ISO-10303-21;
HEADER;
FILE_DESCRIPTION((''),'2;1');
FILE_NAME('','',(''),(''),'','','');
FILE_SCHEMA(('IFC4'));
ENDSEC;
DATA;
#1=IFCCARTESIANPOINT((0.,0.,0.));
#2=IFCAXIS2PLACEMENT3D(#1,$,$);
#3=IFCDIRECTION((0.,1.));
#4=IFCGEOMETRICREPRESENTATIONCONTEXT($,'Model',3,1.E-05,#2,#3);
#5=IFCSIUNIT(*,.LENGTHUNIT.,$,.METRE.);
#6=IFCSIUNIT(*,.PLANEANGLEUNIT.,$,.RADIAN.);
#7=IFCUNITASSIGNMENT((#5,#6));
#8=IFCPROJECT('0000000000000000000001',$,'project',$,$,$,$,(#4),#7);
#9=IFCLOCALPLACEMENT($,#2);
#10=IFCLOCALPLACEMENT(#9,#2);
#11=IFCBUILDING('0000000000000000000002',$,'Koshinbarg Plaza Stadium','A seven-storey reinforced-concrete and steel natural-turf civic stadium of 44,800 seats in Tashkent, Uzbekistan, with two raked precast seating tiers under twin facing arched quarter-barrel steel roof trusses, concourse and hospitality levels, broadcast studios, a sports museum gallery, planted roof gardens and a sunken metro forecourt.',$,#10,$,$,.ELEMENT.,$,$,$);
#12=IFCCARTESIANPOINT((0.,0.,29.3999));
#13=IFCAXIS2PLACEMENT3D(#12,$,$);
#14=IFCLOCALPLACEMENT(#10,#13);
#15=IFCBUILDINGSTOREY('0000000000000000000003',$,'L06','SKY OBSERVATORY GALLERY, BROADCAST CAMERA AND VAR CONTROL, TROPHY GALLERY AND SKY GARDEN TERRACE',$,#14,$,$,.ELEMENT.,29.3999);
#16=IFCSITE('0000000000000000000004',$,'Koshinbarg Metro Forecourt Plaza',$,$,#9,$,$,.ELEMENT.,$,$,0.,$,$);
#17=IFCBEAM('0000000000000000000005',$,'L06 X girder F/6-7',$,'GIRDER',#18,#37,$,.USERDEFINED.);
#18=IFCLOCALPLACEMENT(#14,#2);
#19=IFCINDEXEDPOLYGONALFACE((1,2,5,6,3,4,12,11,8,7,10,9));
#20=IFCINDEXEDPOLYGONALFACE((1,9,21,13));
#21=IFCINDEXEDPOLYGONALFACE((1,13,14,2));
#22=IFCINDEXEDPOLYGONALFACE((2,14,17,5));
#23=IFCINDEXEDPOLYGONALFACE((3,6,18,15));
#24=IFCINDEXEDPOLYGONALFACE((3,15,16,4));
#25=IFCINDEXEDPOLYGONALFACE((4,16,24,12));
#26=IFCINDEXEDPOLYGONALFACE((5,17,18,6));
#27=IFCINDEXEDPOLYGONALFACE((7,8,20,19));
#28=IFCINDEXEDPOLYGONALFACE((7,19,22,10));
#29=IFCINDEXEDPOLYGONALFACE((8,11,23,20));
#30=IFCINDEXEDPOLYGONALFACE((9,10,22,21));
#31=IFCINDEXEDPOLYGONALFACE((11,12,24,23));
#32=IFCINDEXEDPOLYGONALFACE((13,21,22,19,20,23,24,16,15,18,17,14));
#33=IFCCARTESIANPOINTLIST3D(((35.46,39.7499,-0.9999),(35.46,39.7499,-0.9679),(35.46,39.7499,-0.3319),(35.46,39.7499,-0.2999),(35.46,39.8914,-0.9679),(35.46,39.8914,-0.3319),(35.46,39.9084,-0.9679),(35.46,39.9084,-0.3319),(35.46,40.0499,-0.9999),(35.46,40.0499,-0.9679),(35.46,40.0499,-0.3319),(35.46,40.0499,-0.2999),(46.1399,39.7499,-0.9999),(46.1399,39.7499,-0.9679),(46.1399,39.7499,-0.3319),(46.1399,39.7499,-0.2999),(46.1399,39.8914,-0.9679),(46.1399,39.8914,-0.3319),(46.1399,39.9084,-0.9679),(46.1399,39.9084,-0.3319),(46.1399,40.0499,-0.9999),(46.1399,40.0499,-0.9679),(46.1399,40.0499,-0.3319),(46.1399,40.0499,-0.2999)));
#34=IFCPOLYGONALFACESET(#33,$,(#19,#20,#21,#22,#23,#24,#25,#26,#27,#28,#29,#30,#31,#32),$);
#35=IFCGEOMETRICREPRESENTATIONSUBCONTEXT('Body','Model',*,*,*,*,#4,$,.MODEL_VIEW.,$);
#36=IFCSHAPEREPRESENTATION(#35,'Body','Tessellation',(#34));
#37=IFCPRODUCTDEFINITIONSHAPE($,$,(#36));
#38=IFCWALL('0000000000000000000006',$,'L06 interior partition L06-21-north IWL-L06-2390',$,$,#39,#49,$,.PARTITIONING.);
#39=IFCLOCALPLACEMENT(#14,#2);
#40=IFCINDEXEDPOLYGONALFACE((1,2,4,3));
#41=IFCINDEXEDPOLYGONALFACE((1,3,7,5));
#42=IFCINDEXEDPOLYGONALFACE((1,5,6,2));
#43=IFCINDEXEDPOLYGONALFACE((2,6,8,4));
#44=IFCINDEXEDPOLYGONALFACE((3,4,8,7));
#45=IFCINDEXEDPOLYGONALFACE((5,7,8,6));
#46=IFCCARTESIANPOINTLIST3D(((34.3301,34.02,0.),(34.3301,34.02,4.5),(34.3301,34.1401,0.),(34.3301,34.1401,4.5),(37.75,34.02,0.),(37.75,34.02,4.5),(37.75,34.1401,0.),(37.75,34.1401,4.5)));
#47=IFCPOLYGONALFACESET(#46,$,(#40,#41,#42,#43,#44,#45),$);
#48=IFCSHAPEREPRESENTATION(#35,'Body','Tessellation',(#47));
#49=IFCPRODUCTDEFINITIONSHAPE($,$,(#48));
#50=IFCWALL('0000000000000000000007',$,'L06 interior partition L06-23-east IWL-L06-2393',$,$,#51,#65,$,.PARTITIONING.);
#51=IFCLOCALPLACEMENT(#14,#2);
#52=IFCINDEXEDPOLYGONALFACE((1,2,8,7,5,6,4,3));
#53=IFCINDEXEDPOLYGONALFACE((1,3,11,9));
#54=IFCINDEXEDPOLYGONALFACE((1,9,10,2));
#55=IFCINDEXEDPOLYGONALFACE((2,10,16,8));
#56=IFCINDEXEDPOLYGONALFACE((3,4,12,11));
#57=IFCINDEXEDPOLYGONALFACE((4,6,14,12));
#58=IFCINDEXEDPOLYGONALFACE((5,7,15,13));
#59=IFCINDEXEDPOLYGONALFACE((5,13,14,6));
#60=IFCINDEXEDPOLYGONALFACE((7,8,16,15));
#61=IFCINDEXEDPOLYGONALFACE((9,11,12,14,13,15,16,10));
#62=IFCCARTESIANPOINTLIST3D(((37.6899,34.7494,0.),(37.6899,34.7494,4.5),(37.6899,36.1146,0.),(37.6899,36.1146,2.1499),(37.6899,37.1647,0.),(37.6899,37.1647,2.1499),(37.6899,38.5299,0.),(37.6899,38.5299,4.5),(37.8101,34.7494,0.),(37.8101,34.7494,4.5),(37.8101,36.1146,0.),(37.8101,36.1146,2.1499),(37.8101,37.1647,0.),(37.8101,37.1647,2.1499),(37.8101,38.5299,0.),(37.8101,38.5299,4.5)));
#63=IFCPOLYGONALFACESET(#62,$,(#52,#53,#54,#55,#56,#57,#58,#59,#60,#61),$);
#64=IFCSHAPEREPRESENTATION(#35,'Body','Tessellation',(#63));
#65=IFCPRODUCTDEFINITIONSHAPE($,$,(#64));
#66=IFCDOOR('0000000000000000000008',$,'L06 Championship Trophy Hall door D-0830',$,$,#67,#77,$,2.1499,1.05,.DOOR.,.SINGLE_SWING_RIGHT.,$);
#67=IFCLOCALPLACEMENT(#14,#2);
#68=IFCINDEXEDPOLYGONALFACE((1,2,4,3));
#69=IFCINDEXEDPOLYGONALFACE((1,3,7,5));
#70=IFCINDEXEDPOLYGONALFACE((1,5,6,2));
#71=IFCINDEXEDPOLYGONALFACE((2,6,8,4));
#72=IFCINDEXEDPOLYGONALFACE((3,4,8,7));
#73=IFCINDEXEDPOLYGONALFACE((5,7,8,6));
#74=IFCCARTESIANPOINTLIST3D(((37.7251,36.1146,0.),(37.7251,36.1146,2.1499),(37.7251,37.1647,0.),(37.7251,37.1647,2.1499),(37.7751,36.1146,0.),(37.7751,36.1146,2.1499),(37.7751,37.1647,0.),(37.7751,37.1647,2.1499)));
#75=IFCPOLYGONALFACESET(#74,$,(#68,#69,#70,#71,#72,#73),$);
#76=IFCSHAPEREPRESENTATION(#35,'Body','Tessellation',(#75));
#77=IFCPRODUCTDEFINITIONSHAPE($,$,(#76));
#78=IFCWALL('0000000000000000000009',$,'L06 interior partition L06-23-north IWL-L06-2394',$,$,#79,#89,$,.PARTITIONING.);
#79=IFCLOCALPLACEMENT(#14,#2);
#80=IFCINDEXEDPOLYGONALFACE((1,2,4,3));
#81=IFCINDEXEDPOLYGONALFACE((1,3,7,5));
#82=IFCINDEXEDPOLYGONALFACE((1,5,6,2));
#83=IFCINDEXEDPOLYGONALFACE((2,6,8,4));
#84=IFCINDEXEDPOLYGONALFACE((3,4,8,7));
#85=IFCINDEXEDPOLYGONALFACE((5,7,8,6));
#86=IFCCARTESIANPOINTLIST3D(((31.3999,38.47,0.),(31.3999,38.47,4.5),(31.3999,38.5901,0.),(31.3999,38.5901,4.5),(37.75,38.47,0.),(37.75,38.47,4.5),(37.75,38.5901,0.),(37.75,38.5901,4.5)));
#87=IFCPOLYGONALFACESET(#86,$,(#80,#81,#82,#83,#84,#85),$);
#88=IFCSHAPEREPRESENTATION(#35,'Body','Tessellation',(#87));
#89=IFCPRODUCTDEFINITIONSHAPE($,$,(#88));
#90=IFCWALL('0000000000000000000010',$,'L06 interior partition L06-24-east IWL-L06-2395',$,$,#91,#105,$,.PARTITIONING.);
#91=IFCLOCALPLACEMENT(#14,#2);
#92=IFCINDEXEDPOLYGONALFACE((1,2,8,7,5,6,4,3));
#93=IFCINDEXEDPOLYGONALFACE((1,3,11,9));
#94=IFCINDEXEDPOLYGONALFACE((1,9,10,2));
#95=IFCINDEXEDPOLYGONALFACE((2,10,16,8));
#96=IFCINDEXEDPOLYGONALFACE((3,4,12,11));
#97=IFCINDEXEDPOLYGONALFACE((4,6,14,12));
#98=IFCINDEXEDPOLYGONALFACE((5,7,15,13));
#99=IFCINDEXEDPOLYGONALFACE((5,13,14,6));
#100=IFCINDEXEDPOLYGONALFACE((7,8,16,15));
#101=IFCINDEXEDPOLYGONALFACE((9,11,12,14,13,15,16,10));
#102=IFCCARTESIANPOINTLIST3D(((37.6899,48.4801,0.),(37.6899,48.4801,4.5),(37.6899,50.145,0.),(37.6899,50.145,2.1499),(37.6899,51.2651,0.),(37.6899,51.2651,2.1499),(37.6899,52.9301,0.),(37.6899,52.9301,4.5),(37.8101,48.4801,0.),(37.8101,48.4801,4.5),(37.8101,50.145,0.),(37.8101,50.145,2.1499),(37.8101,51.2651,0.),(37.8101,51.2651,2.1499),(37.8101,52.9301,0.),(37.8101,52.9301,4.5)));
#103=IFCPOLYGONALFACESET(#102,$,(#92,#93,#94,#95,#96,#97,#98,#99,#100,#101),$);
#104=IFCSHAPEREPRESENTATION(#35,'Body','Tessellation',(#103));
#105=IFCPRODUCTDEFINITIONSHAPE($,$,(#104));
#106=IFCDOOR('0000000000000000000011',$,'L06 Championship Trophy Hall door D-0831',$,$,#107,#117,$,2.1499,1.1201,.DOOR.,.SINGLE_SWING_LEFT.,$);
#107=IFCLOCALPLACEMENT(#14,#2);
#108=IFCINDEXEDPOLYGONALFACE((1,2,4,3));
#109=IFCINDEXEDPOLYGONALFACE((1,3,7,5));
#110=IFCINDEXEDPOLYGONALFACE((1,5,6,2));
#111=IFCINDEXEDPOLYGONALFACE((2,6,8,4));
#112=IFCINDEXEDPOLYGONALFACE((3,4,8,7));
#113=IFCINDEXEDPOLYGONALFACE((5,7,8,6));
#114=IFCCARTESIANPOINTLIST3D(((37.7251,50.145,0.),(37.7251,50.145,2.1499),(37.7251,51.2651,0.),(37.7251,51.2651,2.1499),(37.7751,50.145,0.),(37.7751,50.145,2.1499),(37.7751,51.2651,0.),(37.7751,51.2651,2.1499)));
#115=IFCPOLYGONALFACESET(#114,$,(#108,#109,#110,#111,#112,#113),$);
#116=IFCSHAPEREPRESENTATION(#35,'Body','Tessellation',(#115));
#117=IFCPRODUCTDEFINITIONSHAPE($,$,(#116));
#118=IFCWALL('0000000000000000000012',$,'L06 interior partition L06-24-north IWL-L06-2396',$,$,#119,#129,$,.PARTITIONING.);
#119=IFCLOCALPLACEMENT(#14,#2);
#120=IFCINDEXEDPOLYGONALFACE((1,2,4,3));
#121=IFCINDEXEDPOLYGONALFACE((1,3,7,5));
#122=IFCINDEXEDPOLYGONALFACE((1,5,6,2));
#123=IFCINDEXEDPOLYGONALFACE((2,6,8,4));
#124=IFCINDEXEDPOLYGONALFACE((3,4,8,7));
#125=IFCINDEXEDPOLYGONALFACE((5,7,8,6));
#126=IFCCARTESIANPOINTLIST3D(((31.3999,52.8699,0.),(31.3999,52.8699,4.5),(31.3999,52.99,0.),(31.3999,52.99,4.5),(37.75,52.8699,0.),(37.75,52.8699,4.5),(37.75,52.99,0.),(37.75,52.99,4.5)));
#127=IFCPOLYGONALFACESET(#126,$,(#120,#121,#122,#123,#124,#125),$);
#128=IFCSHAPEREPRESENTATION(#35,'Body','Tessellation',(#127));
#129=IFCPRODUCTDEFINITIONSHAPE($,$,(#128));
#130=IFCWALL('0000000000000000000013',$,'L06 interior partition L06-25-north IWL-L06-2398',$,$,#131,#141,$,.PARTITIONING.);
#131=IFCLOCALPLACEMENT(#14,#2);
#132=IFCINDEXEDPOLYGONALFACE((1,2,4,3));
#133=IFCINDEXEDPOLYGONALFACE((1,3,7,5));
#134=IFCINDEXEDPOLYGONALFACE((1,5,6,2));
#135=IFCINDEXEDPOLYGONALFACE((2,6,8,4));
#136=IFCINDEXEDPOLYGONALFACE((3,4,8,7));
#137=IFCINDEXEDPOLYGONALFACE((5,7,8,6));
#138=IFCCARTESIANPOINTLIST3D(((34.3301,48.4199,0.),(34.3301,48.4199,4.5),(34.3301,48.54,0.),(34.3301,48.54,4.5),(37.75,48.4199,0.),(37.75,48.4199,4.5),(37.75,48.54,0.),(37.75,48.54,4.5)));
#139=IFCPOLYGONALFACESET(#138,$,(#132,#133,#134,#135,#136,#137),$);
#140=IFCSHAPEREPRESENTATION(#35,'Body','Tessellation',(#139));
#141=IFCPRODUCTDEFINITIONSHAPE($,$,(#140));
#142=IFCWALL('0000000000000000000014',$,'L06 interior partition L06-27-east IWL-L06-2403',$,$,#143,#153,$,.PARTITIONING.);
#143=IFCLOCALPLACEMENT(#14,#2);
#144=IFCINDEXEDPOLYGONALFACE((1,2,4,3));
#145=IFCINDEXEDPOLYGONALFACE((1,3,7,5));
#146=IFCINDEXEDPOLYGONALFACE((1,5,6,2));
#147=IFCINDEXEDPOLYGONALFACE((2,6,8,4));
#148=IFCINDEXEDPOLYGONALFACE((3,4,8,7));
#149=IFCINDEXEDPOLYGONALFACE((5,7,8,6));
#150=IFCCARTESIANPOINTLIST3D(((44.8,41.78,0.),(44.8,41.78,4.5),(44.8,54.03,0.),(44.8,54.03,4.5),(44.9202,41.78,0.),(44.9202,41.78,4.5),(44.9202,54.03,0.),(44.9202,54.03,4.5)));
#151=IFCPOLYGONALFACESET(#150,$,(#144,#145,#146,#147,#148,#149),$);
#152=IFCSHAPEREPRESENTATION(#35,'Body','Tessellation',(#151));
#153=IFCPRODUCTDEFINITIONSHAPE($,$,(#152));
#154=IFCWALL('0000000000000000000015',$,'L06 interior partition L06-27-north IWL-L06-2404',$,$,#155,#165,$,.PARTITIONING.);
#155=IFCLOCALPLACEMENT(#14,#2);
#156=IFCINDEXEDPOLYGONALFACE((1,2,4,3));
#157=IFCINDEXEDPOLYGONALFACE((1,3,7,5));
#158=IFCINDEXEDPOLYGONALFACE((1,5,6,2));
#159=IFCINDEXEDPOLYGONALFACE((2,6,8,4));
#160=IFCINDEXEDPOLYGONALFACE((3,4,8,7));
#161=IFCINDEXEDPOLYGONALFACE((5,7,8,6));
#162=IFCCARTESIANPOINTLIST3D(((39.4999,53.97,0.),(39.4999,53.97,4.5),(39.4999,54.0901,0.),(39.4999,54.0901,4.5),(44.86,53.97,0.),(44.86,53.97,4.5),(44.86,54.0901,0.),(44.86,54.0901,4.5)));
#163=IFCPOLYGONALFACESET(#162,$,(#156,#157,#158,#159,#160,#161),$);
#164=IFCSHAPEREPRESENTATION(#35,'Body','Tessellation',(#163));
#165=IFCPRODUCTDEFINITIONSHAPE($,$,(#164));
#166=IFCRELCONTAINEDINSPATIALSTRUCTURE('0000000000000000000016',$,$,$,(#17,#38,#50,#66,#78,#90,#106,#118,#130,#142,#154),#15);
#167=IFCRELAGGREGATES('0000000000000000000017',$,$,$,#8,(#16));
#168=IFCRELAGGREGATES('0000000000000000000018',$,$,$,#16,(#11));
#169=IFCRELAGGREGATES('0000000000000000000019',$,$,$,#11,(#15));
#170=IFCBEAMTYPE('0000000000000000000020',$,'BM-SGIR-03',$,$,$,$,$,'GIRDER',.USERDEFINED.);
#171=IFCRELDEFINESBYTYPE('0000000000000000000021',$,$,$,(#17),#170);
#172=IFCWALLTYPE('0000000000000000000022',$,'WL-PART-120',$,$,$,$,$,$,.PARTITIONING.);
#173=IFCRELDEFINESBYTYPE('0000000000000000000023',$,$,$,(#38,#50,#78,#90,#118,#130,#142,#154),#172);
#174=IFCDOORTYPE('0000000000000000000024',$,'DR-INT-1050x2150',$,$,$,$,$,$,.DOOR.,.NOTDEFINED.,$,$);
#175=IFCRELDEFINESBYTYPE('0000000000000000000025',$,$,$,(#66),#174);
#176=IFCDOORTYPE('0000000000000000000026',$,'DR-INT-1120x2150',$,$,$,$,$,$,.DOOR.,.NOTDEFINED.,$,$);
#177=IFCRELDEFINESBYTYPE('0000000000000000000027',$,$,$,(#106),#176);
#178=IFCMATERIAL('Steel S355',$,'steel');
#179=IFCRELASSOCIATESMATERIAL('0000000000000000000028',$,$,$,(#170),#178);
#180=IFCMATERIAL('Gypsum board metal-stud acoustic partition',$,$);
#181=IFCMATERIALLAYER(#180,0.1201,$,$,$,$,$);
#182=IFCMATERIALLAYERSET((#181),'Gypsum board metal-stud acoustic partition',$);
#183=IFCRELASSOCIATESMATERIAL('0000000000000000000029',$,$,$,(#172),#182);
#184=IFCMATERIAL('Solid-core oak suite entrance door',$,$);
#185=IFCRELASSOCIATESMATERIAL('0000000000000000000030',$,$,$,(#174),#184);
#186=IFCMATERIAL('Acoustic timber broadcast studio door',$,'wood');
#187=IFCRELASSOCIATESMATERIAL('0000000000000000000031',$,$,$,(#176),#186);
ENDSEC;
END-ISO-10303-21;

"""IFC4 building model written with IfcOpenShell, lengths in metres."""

from ifc_helpers import new_model, si_unit, direction, frame, frame_2d, origin, origin_2d, place, context, subcontext, project, spatial, rectangle, i_section, extrude, material, layer, layer_set, material_profile, profile_set, type_object, element, fill, save


model = new_model("IFC4")

# Units and contexts
model_context = context("Model", 3, precision=1e-05, world=origin(), true_north=direction((0.0, 1.0)))
body_context = subcontext(model_context, "Body", "Model", "MODEL_VIEW")
ifc_project = project(units=[si_unit("LENGTHUNIT", "METRE"), si_unit("PLANEANGLEUNIT", "RADIAN")], contexts=[model_context])

# Site, building, storey
site_placement = place(None, origin())
site = spatial("IfcSite", under=ifc_project, at=site_placement, Name="Koshinbarg Metro Forecourt Plaza", CompositionType="ELEMENT", RefElevation=0.0)
building_placement = place(site_placement, origin())
building = spatial("IfcBuilding", under=site, at=building_placement, Name="Koshinbarg Plaza Stadium", Description="A seven-storey reinforced-concrete and steel natural-turf civic stadium of 44,800 seats in Tashkent, Uzbekistan, with two raked precast seating tiers under twin facing arched quarter-barrel steel roof trusses, concourse and hospitality levels, broadcast studios, a sports museum gallery, planted roof gardens and a sunken metro forecourt.", CompositionType="ELEMENT")
storey_placement = place(building_placement, frame((0.0, 0.0, 29.3999)))
storey = spatial("IfcBuildingStorey", under=building, at=storey_placement, Name="L06", Description="SKY OBSERVATORY GALLERY, BROADCAST CAMERA AND VAR CONTROL, TROPHY GALLERY AND SKY GARDEN TERRACE", CompositionType="ELEMENT", Elevation=29.3999)

# Beam
ifc_material_1 = material(Name="Steel S355", Category="steel")
ifc_material_profile = material_profile(ifc_material_1, i_section(OverallWidth=0.3, OverallDepth=0.7, WebThickness=0.0171, FlangeThickness=0.032, at=origin_2d()), Name="HEB 700")
ifc_profile_set = profile_set([ifc_material_profile], Name="Steel S355")
beam_type = type_object("IfcBeamType", Name="BM-SGIR-03", ElementType="GIRDER", PredefinedType="USERDEFINED", material=ifc_profile_set)
beam_placement = place(storey_placement, frame((35.46, 39.8999, -0.6499), z_axis=(1.0, 0.0, 0.0), x_axis=(0.0, 1.0, 0.0)))
element("IfcBeam", 1, at=beam_placement, inside=storey, type_object=beam_type, Name="L06 X girder F/6-7", ObjectType="GIRDER", PredefinedType="USERDEFINED", context=body_context, shape_type="SweptSolid", body=[
    extrude(i_section(OverallWidth=0.3, OverallDepth=0.7, WebThickness=0.0171, FlangeThickness=0.032, at=origin_2d()), origin(), (0.0, 0.0, 1.0), 10.6799),
])

# Wall
ifc_material_2 = material(Name="Gypsum board metal-stud acoustic partition")
ifc_layer_1 = layer(ifc_material_2, 0.1201)
ifc_layer_set_1 = layer_set([ifc_layer_1], Name="Gypsum board metal-stud acoustic partition")
wall_type_1 = type_object("IfcWallType", Name="WL-PART-120", PredefinedType="PARTITIONING", material=ifc_layer_set_1)
wall_1_placement = place(storey_placement, frame((37.75, 34.0801, 0.0), z_axis=(0.0, 0.0, 1.0), x_axis=(-1.0, 0.0, 0.0)))
element("IfcWall", 2, at=wall_1_placement, inside=storey, type_object=wall_type_1, Name="L06 interior partition L06-21-north IWL-L06-2390", PredefinedType="PARTITIONING", context=body_context, shape_type="SweptSolid", body=[
    extrude(rectangle(XDim=3.4199, YDim=0.1201, at=frame_2d((1.71, 0.0))), origin(), (0.0, 0.0, 1.0), 4.5),
])

# Wall, opening, door
wall_2_placement = place(storey_placement, frame((37.75, 34.7495, 0.0), z_axis=(0.0, 0.0, 1.0), x_axis=(0.0, 1.0, 0.0)))
wall_2 = element("IfcWall", 3, at=wall_2_placement, inside=storey, type_object=wall_type_1, Name="L06 interior partition L06-23-east IWL-L06-2393", PredefinedType="PARTITIONING", context=body_context, shape_type="SweptSolid", body=[
    extrude(rectangle(XDim=3.7805, YDim=0.1201, at=frame_2d((1.8901, 0.0))), origin(), (0.0, 0.0, 1.0), 4.5),
])
opening_1_placement = place(wall_2_placement, frame((1.3652, 0.0, 0.0)))
opening_1 = element("IfcOpeningElement", 4, at=opening_1_placement, cuts=wall_2, PredefinedType="OPENING", context=body_context, shape_type="SweptSolid", body=[
    extrude(rectangle(XDim=1.05, YDim=2.1499, at=frame_2d((0.5249, 1.075))), frame((0.0, 0.0701, 0.0), z_axis=(0.0, -1.0, 0.0), x_axis=(1.0, 0.0, 0.0)), (0.0, 0.0, 1.0), 0.1401),
])
ifc_material_3 = material(Name="Solid-core oak suite entrance door")
door_type_1 = type_object("IfcDoorType", Name="DR-INT-1050x2150", OperationType="NOTDEFINED", PredefinedType="DOOR", material=ifc_material_3)
door_1_placement = place(opening_1_placement, origin())
door_1 = element("IfcDoor", 5, at=door_1_placement, inside=storey, type_object=door_type_1, Name="L06 Championship Trophy Hall door D-0830", OperationType="SINGLE_SWING_RIGHT", OverallHeight=2.1499, OverallWidth=1.05, PredefinedType="DOOR", context=body_context, shape_type="SweptSolid", body=[
    extrude(rectangle(XDim=1.05, YDim=2.1499, at=frame_2d((0.5249, 1.075))), frame((0.0, 0.0249, 0.0), z_axis=(0.0, -1.0, 0.0), x_axis=(1.0, 0.0, 0.0)), (0.0, 0.0, 1.0), 0.05),
])
fill(opening_1, door_1)

# Wall
wall_3_placement = place(storey_placement, frame((37.75, 38.53, 0.0), z_axis=(0.0, 0.0, 1.0), x_axis=(-1.0, 0.0, 0.0)))
element("IfcWall", 6, at=wall_3_placement, inside=storey, type_object=wall_type_1, Name="L06 interior partition L06-23-north IWL-L06-2394", PredefinedType="PARTITIONING", context=body_context, shape_type="SweptSolid", body=[
    extrude(rectangle(XDim=6.3501, YDim=0.1201, at=frame_2d((3.175, 0.0))), origin(), (0.0, 0.0, 1.0), 4.5),
])

# Wall, opening, door
wall_4_placement = place(storey_placement, frame((37.75, 48.48, 0.0), z_axis=(0.0, 0.0, 1.0), x_axis=(0.0, 1.0, 0.0)))
wall_4 = element("IfcWall", 7, at=wall_4_placement, inside=storey, type_object=wall_type_1, Name="L06 interior partition L06-24-east IWL-L06-2395", PredefinedType="PARTITIONING", context=body_context, shape_type="SweptSolid", body=[
    extrude(rectangle(XDim=4.45, YDim=0.1201, at=frame_2d((2.2251, 0.0))), origin(), (0.0, 0.0, 1.0), 4.5),
])
opening_2_placement = place(wall_4_placement, frame((1.665, 0.0, 0.0)))
opening_2 = element("IfcOpeningElement", 8, at=opening_2_placement, cuts=wall_4, PredefinedType="OPENING", context=body_context, shape_type="SweptSolid", body=[
    extrude(rectangle(XDim=1.1201, YDim=2.1499, at=frame_2d((0.5601, 1.075))), frame((0.0, 0.0701, 0.0), z_axis=(0.0, -1.0, 0.0), x_axis=(1.0, 0.0, 0.0)), (0.0, 0.0, 1.0), 0.1401),
])
ifc_material_4 = material(Name="Acoustic timber broadcast studio door", Category="wood")
door_type_2 = type_object("IfcDoorType", Name="DR-INT-1120x2150", OperationType="NOTDEFINED", PredefinedType="DOOR", material=ifc_material_4)
door_2_placement = place(opening_2_placement, origin())
door_2 = element("IfcDoor", 9, at=door_2_placement, inside=storey, type_object=door_type_2, Name="L06 Championship Trophy Hall door D-0831", OperationType="SINGLE_SWING_LEFT", OverallHeight=2.1499, OverallWidth=1.1201, PredefinedType="DOOR", context=body_context, shape_type="SweptSolid", body=[
    extrude(rectangle(XDim=1.1201, YDim=2.1499, at=frame_2d((0.5601, 1.075))), frame((0.0, 0.0249, 0.0), z_axis=(0.0, -1.0, 0.0), x_axis=(1.0, 0.0, 0.0)), (0.0, 0.0, 1.0), 0.05),
])
fill(opening_2, door_2)

# Wall
wall_5_placement = place(storey_placement, frame((37.75, 52.9299, 0.0), z_axis=(0.0, 0.0, 1.0), x_axis=(-1.0, 0.0, 0.0)))
element("IfcWall", 10, at=wall_5_placement, inside=storey, type_object=wall_type_1, Name="L06 interior partition L06-24-north IWL-L06-2396", PredefinedType="PARTITIONING", context=body_context, shape_type="SweptSolid", body=[
    extrude(rectangle(XDim=6.3501, YDim=0.1201, at=frame_2d((3.175, 0.0))), origin(), (0.0, 0.0, 1.0), 4.5),
])

# Walls
wall_6_placement = place(storey_placement, frame((37.75, 48.48, 0.0), z_axis=(0.0, 0.0, 1.0), x_axis=(-1.0, 0.0, 0.0)))
element("IfcWall", 11, at=wall_6_placement, inside=storey, type_object=wall_type_1, Name="L06 interior partition L06-25-north IWL-L06-2398", PredefinedType="PARTITIONING", context=body_context, shape_type="SweptSolid", body=[
    extrude(rectangle(XDim=3.4199, YDim=0.1201, at=frame_2d((1.71, 0.0))), origin(), (0.0, 0.0, 1.0), 4.5),
])
wall_7_placement = place(storey_placement, frame((44.8601, 41.78, 0.0), z_axis=(0.0, 0.0, 1.0), x_axis=(0.0, 1.0, 0.0)))
element("IfcWall", 12, at=wall_7_placement, inside=storey, type_object=wall_type_1, Name="L06 interior partition L06-27-east IWL-L06-2403", PredefinedType="PARTITIONING", context=body_context, shape_type="SweptSolid", body=[
    extrude(rectangle(XDim=12.25, YDim=0.1201, at=frame_2d((6.125, 0.0))), origin(), (0.0, 0.0, 1.0), 4.5),
])
wall_8_placement = place(storey_placement, frame((44.8601, 54.03, 0.0), z_axis=(0.0, 0.0, 1.0), x_axis=(-1.0, 0.0, 0.0)))
element("IfcWall", 13, at=wall_8_placement, inside=storey, type_object=wall_type_1, Name="L06 interior partition L06-27-north IWL-L06-2404", PredefinedType="PARTITIONING", context=body_context, shape_type="SweptSolid", body=[
    extrude(rectangle(XDim=5.3601, YDim=0.1201, at=frame_2d((2.6802, 0.0))), origin(), (0.0, 0.0, 1.0), 4.5),
])

save(model, "model.ifc")
